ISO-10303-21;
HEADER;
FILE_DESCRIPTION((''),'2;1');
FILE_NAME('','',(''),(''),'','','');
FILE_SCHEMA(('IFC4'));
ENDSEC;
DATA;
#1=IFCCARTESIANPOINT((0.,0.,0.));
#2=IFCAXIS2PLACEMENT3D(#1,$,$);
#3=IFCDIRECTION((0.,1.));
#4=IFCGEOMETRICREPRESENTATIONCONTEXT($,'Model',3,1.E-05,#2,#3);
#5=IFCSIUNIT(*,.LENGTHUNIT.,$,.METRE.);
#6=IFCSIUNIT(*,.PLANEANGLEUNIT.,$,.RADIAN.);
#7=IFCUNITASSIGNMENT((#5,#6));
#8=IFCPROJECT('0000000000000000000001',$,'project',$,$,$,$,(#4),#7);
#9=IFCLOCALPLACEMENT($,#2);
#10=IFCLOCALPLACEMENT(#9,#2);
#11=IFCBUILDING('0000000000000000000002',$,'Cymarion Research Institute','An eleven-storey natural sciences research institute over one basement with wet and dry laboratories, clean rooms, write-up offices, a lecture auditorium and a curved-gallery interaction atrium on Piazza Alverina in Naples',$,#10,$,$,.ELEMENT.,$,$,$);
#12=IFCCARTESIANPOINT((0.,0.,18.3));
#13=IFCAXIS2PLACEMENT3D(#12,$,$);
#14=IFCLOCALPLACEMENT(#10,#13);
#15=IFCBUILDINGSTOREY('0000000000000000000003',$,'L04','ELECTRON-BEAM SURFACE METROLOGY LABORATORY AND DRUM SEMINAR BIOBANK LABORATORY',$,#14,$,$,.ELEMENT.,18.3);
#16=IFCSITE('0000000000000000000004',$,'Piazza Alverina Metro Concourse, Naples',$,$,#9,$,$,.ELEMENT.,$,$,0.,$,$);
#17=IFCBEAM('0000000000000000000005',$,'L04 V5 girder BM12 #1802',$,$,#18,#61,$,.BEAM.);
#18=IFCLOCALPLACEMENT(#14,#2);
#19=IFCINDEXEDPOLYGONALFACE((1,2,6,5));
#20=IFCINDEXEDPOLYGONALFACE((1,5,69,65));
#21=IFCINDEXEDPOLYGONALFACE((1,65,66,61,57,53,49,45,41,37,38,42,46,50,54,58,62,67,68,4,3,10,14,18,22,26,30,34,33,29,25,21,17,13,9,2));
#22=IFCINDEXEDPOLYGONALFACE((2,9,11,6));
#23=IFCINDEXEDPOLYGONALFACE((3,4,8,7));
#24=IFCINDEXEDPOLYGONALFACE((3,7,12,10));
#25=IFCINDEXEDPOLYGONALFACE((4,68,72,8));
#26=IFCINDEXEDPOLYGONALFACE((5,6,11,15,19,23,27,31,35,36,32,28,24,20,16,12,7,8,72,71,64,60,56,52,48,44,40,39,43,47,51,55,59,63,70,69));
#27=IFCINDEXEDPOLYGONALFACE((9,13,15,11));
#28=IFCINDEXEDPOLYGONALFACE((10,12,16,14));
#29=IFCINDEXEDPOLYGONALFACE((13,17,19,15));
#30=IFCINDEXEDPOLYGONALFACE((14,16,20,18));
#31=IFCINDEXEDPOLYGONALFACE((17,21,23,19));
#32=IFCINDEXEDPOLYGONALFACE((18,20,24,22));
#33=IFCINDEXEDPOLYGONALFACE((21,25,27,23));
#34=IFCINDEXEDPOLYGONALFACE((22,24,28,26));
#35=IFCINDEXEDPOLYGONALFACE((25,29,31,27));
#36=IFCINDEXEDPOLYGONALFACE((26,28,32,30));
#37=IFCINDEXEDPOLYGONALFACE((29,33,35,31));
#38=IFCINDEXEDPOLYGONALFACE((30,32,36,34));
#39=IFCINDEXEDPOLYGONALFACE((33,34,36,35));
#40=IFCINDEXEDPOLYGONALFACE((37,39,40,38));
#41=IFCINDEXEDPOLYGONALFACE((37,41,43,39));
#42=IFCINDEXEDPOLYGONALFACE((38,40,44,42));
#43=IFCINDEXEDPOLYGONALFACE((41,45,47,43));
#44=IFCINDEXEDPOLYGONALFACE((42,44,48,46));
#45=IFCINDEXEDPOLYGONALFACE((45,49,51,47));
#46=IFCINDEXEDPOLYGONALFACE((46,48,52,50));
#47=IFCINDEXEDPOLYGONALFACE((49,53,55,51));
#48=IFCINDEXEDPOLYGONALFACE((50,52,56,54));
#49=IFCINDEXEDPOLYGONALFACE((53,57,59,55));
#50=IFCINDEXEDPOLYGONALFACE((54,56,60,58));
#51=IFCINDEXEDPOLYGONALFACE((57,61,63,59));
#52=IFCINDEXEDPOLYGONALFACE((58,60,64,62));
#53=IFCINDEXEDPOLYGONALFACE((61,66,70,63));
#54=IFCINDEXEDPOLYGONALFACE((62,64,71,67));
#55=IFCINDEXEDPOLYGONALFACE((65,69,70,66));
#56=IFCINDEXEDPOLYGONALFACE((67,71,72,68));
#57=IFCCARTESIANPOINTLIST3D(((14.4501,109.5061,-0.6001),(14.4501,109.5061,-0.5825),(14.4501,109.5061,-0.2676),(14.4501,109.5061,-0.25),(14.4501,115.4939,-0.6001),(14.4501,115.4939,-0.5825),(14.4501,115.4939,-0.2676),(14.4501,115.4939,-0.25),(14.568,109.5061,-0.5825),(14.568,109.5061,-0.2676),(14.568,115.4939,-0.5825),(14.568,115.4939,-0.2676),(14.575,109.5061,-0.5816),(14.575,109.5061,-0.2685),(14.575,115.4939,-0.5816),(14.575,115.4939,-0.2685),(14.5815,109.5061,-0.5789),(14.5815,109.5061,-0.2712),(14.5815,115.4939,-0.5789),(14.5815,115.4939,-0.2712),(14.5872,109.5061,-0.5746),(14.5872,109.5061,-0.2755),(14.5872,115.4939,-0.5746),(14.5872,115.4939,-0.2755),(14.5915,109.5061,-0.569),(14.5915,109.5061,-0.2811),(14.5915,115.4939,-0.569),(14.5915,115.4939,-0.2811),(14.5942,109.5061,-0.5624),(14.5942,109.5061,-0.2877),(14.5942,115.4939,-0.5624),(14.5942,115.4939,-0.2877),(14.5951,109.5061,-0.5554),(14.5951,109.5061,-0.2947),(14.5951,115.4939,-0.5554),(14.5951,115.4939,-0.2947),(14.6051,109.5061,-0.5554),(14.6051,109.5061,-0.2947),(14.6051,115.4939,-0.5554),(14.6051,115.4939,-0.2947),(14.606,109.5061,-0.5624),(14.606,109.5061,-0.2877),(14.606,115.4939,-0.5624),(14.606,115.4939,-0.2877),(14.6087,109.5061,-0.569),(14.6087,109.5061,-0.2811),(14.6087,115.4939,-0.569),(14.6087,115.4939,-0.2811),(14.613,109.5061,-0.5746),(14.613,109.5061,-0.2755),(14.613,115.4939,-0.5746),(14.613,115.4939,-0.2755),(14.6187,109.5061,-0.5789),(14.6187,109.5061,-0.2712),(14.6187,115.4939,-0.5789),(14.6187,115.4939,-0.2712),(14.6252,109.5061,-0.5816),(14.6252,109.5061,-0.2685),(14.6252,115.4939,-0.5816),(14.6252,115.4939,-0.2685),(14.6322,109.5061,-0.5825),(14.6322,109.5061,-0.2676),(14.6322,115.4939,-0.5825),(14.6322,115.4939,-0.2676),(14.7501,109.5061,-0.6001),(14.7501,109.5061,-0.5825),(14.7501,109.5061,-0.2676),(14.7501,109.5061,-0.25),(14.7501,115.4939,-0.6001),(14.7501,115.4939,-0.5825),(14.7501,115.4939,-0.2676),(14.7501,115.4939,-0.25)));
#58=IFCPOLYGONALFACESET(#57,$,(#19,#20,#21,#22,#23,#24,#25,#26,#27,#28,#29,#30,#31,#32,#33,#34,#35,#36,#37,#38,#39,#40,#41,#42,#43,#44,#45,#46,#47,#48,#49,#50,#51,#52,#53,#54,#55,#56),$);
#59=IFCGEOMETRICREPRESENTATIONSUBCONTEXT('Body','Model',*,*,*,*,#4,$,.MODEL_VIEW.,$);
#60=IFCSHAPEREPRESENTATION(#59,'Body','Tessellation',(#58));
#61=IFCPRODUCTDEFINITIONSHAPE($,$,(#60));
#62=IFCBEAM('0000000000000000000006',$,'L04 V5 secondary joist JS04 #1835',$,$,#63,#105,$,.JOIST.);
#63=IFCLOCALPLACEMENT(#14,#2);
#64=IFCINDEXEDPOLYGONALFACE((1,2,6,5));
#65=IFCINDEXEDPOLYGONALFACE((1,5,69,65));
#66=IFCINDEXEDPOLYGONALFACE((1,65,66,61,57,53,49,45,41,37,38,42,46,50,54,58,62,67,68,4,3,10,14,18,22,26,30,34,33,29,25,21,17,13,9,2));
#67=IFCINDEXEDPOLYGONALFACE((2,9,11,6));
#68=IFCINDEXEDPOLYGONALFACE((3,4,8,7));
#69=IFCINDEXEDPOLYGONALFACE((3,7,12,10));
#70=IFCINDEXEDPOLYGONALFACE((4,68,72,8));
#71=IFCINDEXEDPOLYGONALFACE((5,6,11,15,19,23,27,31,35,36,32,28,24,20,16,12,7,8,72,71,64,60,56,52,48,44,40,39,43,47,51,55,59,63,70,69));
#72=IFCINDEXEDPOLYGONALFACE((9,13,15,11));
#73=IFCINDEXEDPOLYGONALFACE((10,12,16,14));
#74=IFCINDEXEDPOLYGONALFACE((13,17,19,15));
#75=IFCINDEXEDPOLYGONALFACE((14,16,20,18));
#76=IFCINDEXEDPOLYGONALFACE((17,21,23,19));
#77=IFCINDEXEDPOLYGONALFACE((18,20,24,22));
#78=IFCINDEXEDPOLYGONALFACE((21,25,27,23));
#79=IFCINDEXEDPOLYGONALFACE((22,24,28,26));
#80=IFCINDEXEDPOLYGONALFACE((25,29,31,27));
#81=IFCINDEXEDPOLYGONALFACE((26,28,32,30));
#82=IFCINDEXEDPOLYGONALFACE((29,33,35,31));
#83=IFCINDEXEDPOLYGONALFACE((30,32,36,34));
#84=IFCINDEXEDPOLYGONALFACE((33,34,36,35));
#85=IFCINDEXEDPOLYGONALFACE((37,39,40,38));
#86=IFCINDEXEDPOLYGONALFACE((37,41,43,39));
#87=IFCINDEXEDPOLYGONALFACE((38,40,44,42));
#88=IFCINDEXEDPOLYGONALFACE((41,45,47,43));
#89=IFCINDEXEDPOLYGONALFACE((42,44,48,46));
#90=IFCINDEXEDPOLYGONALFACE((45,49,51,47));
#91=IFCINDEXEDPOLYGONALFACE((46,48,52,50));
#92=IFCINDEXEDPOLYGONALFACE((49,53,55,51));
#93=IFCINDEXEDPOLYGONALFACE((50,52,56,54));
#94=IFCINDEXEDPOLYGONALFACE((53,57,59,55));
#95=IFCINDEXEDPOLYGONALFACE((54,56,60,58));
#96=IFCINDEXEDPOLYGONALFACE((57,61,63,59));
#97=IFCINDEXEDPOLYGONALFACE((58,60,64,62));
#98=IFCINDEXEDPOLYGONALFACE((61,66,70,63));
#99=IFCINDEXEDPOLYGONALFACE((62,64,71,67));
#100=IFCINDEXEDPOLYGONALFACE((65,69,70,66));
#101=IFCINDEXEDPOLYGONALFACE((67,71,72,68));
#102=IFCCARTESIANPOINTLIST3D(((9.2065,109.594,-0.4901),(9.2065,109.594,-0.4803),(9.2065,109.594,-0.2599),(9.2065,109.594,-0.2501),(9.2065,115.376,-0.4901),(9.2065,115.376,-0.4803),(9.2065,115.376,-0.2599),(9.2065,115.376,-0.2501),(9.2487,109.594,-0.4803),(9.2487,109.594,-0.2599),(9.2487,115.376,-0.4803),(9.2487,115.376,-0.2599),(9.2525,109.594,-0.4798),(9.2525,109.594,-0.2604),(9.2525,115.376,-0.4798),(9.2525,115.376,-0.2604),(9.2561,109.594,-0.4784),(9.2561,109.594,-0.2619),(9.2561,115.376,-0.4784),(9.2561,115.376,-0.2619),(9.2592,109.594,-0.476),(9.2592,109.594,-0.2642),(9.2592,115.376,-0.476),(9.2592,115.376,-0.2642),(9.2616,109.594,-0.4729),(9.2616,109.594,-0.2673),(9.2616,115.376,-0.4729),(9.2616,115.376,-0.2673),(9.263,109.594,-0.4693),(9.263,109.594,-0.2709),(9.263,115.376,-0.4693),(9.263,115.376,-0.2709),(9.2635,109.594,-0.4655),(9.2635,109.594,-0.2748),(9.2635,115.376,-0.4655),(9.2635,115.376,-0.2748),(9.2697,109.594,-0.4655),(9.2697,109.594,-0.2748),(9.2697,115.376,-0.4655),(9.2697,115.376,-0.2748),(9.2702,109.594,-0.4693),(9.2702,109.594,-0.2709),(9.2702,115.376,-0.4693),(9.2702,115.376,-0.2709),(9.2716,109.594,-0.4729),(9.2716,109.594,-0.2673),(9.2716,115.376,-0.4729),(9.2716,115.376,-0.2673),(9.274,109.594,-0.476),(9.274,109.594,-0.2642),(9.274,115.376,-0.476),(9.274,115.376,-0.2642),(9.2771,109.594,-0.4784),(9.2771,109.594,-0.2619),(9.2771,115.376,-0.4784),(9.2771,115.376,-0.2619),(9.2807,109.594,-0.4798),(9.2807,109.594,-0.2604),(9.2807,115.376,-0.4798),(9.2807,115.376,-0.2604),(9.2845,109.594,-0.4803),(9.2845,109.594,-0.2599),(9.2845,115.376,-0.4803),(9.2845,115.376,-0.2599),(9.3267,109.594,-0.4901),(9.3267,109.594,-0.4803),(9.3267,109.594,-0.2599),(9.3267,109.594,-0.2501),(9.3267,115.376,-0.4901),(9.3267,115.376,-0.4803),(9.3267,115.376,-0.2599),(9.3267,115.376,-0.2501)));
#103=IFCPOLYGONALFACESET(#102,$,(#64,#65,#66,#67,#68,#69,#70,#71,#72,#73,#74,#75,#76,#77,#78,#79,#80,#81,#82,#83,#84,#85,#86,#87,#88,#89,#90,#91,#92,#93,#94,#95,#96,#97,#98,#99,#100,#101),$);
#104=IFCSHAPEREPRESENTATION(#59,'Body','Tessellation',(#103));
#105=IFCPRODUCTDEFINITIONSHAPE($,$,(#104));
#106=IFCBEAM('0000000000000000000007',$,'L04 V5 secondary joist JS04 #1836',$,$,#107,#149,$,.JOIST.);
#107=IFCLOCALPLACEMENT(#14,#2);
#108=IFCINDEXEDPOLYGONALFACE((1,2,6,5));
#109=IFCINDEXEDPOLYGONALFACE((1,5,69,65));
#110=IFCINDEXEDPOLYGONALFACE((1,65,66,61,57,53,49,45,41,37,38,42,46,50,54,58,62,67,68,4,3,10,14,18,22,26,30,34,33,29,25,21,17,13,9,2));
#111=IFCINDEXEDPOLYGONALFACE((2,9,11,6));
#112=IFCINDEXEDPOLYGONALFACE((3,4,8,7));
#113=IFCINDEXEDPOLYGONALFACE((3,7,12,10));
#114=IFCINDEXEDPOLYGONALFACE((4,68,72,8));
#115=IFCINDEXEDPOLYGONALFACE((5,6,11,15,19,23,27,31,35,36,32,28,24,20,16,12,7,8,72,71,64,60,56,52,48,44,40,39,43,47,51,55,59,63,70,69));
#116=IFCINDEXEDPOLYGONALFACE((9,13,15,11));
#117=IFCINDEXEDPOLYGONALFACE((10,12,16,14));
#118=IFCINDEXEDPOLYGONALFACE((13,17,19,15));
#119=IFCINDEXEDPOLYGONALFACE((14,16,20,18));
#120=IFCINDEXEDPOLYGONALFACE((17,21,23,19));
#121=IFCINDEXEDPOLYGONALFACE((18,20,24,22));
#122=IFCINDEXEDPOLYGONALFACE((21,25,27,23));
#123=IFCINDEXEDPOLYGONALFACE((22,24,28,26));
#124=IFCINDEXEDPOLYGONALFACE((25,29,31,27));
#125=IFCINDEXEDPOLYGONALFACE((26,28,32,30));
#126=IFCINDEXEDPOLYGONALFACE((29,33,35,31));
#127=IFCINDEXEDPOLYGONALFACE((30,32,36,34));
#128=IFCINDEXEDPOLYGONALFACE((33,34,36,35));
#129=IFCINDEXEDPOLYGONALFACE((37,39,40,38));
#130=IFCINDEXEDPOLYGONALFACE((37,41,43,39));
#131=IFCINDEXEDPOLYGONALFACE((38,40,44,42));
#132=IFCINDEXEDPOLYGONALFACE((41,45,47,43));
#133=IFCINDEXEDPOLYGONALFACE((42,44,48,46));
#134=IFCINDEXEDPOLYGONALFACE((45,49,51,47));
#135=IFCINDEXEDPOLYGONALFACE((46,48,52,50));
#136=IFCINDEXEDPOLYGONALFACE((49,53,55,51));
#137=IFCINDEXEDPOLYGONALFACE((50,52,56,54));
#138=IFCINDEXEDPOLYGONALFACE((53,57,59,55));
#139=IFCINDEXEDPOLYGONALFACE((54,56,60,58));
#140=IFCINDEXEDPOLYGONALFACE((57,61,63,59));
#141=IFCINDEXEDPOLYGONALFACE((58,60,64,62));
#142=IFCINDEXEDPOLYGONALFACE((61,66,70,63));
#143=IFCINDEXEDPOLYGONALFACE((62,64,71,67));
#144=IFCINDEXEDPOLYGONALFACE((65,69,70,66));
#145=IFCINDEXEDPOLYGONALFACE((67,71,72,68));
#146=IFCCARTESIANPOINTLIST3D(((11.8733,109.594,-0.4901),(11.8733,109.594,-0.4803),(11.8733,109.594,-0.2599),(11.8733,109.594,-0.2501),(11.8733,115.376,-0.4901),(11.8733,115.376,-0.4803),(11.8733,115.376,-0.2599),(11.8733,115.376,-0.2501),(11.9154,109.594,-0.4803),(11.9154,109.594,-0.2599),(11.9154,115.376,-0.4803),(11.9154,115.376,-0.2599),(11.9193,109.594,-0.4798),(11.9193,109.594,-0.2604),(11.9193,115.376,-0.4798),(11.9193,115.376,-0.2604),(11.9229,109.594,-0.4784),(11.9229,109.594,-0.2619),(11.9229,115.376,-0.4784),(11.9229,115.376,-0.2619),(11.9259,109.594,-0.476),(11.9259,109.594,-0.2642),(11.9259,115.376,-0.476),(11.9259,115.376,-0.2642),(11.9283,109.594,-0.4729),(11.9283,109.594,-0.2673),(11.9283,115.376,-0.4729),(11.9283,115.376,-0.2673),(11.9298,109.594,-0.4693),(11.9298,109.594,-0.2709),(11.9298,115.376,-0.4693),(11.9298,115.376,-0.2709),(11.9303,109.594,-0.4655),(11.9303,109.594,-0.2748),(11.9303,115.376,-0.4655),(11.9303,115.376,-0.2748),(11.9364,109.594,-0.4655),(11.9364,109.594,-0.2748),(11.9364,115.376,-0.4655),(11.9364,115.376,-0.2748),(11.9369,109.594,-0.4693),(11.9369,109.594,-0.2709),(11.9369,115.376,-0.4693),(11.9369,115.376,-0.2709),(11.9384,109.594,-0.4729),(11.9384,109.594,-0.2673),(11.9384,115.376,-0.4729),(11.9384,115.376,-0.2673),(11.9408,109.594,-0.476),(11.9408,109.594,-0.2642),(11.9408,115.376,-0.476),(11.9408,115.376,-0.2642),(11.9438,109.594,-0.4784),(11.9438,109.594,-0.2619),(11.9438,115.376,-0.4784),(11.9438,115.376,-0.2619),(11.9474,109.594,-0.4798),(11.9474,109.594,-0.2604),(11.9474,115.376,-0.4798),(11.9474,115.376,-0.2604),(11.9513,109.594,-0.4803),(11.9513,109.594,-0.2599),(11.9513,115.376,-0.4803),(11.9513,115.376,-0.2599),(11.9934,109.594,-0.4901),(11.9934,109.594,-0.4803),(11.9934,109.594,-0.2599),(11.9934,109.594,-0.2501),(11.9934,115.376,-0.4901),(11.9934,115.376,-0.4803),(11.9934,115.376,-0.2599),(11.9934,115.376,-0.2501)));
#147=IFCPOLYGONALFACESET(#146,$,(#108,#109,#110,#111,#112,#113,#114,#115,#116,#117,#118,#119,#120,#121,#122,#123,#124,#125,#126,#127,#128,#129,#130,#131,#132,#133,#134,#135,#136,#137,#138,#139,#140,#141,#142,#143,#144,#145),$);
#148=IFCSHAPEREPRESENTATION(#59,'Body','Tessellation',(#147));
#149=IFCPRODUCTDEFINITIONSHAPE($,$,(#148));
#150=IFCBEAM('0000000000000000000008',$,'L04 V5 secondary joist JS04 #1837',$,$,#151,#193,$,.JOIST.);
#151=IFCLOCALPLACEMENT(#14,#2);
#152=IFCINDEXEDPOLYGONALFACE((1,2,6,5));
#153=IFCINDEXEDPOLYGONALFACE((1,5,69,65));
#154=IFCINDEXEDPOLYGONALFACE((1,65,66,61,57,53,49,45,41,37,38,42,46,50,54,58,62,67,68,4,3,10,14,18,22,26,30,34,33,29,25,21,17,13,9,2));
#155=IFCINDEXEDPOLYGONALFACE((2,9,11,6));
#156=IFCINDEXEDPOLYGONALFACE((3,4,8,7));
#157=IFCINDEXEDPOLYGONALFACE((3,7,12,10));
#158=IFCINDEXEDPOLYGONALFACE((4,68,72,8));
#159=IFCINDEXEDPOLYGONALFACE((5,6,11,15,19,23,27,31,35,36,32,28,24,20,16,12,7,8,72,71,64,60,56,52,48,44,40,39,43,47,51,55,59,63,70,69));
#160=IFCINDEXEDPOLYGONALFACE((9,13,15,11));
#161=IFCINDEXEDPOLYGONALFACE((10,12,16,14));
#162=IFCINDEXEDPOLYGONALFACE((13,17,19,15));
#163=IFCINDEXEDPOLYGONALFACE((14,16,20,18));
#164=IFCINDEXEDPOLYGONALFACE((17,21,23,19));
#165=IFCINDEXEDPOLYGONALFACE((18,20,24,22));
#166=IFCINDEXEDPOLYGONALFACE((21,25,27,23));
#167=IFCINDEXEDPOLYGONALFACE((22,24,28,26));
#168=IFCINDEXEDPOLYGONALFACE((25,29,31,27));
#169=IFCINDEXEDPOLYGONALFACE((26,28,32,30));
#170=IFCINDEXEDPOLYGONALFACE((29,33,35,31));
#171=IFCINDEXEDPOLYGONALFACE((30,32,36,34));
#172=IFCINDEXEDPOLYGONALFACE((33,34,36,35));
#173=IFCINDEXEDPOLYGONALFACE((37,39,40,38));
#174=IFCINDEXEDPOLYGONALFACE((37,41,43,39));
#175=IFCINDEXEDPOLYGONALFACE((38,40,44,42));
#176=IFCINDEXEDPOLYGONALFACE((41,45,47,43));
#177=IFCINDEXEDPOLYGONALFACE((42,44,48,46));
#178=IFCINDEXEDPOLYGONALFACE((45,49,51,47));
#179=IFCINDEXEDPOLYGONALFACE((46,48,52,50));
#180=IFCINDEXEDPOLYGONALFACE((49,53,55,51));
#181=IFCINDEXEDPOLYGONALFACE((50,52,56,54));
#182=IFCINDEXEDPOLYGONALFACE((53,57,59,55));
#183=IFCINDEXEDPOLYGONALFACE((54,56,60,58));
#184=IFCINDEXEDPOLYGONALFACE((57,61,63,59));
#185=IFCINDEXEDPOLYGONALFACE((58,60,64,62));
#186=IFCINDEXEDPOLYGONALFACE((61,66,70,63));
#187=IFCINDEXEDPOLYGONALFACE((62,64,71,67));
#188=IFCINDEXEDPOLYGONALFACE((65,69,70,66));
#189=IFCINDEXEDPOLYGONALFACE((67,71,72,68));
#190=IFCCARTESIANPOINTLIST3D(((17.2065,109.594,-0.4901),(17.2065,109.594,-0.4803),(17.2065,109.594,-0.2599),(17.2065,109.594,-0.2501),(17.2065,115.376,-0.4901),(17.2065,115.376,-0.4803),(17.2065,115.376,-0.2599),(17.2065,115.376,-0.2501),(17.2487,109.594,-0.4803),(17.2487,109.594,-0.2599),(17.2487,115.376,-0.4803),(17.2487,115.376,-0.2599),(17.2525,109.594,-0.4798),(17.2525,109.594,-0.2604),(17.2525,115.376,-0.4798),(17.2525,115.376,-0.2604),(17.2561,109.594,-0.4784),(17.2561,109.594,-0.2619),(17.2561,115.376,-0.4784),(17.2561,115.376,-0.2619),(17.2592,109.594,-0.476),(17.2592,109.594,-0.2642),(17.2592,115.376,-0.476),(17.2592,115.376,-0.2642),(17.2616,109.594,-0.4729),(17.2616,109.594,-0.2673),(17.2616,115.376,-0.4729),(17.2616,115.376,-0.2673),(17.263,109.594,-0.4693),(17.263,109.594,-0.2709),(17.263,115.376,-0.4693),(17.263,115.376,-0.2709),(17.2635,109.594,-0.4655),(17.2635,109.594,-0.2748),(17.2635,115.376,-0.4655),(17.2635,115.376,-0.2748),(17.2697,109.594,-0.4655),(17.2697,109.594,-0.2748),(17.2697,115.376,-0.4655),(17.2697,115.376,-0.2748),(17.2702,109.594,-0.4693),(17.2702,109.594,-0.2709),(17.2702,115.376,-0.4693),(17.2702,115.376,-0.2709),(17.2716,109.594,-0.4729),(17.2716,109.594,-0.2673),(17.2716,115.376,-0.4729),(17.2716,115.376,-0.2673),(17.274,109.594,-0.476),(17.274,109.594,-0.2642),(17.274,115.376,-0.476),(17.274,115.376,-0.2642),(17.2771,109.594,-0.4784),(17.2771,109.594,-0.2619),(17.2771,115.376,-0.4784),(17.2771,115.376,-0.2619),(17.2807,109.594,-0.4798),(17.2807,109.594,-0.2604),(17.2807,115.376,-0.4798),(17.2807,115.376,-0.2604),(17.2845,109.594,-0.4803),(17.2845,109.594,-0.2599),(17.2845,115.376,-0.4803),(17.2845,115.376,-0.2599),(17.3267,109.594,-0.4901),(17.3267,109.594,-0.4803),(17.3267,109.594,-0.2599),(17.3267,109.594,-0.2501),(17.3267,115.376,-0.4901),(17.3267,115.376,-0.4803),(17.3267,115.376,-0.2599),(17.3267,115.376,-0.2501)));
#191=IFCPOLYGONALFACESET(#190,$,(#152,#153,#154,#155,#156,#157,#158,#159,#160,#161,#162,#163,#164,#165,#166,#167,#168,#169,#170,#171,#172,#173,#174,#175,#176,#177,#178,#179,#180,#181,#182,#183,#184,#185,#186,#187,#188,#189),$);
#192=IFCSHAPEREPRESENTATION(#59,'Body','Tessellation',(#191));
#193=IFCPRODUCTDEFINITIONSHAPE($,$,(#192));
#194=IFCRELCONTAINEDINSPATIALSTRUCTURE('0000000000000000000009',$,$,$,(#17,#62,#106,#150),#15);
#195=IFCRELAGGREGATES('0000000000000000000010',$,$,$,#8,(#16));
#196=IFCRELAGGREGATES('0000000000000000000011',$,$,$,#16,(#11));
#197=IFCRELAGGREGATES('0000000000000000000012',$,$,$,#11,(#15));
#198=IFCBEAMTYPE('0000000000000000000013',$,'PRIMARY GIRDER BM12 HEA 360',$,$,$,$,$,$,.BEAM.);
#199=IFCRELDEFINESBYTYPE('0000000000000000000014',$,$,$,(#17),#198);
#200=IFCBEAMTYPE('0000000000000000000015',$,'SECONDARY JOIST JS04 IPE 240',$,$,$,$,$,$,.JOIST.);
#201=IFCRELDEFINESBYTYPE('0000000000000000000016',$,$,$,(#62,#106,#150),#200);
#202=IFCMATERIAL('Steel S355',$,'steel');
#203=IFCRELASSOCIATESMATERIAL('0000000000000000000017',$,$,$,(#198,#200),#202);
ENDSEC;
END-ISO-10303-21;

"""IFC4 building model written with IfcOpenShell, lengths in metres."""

from ifc_helpers import new_model, si_unit, direction, frame, origin, origin_2d, place, context, subcontext, project, spatial, i_section, extrude, material, material_profile, profile_set, type_object, element, save


model = new_model("IFC4")

# Units and contexts
model_context = context("Model", 3, precision=1e-05, world=origin(), true_north=direction((0.0, 1.0)))
body_context = subcontext(model_context, "Body", "Model", "MODEL_VIEW")
ifc_project = project(units=[si_unit("LENGTHUNIT", "METRE"), si_unit("PLANEANGLEUNIT", "RADIAN")], contexts=[model_context])

# Site, building, storey
site_placement = place(None, origin())
site = spatial("IfcSite", under=ifc_project, at=site_placement, Name="Piazza Alverina Metro Concourse, Naples", CompositionType="ELEMENT", RefElevation=0.0)
building_placement = place(site_placement, origin())
building = spatial("IfcBuilding", under=site, at=building_placement, Name="Cymarion Research Institute", Description="An eleven-storey natural sciences research institute over one basement with wet and dry laboratories, clean rooms, write-up offices, a lecture auditorium and a curved-gallery interaction atrium on Piazza Alverina in Naples", CompositionType="ELEMENT")
storey_placement = place(building_placement, frame((0.0, 0.0, 18.3)))
storey = spatial("IfcBuildingStorey", under=building, at=storey_placement, Name="L04", Description="ELECTRON-BEAM SURFACE METROLOGY LABORATORY AND DRUM SEMINAR BIOBANK LABORATORY", CompositionType="ELEMENT", Elevation=18.3)

# Shared definitions
ifc_material_1 = material(Name="Steel S355", Category="steel")

# Beams
ifc_material_profile_1 = material_profile(ifc_material_1, i_section(OverallWidth=0.3, OverallDepth=0.3501, WebThickness=0.01, FlangeThickness=0.0176, FilletRadius=0.0271, at=origin_2d()), Name="HEA 360")
ifc_profile_set_1 = profile_set([ifc_material_profile_1], Name="Steel S355")
beam_type_1 = type_object("IfcBeamType", Name="PRIMARY GIRDER BM12 HEA 360", PredefinedType="BEAM", material=ifc_profile_set_1)
beam_1_placement = place(storey_placement, frame((14.6001, 109.5061, -0.425), z_axis=(0.0, 1.0, 0.0), x_axis=(-1.0, 0.0, 0.0)))
element("IfcBeam", 1, at=beam_1_placement, inside=storey, type_object=beam_type_1, Name="L04 V5 girder BM12 #1802", PredefinedType="BEAM", context=body_context, shape_type="SweptSolid", body=[
    extrude(i_section(OverallWidth=0.3, OverallDepth=0.3501, WebThickness=0.01, FlangeThickness=0.0176, FilletRadius=0.0271, at=origin_2d()), origin(), (0.0, 0.0, 1.0), 5.9878),
])
ifc_material_profile_2 = material_profile(ifc_material_1, i_section(OverallWidth=0.1201, OverallDepth=0.24, WebThickness=0.0061, FlangeThickness=0.0098, FilletRadius=0.0149, at=origin_2d()), Name="IPE 240")
ifc_profile_set_2 = profile_set([ifc_material_profile_2], Name="Steel S355")
beam_type_2 = type_object("IfcBeamType", Name="SECONDARY JOIST JS04 IPE 240", PredefinedType="JOIST", material=ifc_profile_set_2)
for number, where, z_axis, x_axis, name in (
    (2, (9.2666, 109.594, -0.3701), (0.0, 1.0, 0.0), (-1.0, 0.0, 0.0), "L04 V5 secondary joist JS04 #1835"),
    (3, (11.9333, 109.594, -0.3701), (0.0, 1.0, 0.0), (-1.0, 0.0, 0.0), "L04 V5 secondary joist JS04 #1836"),
    (4, (17.2666, 109.594, -0.3701), (0.0, 1.0, 0.0), (-1.0, 0.0, 0.0), "L04 V5 secondary joist JS04 #1837"),
):
    element("IfcBeam", number, at=place(storey_placement, frame(where, z_axis=z_axis, x_axis=x_axis)), inside=storey, type_object=beam_type_2, Name=name, PredefinedType="JOIST", context=body_context, shape_type="SweptSolid", body=[
        extrude(i_section(OverallWidth=0.1201, OverallDepth=0.24, WebThickness=0.0061, FlangeThickness=0.0098, FilletRadius=0.0149, at=origin_2d()), origin(), (0.0, 0.0, 1.0), 5.782),
    ])

save(model, "model.ifc")
